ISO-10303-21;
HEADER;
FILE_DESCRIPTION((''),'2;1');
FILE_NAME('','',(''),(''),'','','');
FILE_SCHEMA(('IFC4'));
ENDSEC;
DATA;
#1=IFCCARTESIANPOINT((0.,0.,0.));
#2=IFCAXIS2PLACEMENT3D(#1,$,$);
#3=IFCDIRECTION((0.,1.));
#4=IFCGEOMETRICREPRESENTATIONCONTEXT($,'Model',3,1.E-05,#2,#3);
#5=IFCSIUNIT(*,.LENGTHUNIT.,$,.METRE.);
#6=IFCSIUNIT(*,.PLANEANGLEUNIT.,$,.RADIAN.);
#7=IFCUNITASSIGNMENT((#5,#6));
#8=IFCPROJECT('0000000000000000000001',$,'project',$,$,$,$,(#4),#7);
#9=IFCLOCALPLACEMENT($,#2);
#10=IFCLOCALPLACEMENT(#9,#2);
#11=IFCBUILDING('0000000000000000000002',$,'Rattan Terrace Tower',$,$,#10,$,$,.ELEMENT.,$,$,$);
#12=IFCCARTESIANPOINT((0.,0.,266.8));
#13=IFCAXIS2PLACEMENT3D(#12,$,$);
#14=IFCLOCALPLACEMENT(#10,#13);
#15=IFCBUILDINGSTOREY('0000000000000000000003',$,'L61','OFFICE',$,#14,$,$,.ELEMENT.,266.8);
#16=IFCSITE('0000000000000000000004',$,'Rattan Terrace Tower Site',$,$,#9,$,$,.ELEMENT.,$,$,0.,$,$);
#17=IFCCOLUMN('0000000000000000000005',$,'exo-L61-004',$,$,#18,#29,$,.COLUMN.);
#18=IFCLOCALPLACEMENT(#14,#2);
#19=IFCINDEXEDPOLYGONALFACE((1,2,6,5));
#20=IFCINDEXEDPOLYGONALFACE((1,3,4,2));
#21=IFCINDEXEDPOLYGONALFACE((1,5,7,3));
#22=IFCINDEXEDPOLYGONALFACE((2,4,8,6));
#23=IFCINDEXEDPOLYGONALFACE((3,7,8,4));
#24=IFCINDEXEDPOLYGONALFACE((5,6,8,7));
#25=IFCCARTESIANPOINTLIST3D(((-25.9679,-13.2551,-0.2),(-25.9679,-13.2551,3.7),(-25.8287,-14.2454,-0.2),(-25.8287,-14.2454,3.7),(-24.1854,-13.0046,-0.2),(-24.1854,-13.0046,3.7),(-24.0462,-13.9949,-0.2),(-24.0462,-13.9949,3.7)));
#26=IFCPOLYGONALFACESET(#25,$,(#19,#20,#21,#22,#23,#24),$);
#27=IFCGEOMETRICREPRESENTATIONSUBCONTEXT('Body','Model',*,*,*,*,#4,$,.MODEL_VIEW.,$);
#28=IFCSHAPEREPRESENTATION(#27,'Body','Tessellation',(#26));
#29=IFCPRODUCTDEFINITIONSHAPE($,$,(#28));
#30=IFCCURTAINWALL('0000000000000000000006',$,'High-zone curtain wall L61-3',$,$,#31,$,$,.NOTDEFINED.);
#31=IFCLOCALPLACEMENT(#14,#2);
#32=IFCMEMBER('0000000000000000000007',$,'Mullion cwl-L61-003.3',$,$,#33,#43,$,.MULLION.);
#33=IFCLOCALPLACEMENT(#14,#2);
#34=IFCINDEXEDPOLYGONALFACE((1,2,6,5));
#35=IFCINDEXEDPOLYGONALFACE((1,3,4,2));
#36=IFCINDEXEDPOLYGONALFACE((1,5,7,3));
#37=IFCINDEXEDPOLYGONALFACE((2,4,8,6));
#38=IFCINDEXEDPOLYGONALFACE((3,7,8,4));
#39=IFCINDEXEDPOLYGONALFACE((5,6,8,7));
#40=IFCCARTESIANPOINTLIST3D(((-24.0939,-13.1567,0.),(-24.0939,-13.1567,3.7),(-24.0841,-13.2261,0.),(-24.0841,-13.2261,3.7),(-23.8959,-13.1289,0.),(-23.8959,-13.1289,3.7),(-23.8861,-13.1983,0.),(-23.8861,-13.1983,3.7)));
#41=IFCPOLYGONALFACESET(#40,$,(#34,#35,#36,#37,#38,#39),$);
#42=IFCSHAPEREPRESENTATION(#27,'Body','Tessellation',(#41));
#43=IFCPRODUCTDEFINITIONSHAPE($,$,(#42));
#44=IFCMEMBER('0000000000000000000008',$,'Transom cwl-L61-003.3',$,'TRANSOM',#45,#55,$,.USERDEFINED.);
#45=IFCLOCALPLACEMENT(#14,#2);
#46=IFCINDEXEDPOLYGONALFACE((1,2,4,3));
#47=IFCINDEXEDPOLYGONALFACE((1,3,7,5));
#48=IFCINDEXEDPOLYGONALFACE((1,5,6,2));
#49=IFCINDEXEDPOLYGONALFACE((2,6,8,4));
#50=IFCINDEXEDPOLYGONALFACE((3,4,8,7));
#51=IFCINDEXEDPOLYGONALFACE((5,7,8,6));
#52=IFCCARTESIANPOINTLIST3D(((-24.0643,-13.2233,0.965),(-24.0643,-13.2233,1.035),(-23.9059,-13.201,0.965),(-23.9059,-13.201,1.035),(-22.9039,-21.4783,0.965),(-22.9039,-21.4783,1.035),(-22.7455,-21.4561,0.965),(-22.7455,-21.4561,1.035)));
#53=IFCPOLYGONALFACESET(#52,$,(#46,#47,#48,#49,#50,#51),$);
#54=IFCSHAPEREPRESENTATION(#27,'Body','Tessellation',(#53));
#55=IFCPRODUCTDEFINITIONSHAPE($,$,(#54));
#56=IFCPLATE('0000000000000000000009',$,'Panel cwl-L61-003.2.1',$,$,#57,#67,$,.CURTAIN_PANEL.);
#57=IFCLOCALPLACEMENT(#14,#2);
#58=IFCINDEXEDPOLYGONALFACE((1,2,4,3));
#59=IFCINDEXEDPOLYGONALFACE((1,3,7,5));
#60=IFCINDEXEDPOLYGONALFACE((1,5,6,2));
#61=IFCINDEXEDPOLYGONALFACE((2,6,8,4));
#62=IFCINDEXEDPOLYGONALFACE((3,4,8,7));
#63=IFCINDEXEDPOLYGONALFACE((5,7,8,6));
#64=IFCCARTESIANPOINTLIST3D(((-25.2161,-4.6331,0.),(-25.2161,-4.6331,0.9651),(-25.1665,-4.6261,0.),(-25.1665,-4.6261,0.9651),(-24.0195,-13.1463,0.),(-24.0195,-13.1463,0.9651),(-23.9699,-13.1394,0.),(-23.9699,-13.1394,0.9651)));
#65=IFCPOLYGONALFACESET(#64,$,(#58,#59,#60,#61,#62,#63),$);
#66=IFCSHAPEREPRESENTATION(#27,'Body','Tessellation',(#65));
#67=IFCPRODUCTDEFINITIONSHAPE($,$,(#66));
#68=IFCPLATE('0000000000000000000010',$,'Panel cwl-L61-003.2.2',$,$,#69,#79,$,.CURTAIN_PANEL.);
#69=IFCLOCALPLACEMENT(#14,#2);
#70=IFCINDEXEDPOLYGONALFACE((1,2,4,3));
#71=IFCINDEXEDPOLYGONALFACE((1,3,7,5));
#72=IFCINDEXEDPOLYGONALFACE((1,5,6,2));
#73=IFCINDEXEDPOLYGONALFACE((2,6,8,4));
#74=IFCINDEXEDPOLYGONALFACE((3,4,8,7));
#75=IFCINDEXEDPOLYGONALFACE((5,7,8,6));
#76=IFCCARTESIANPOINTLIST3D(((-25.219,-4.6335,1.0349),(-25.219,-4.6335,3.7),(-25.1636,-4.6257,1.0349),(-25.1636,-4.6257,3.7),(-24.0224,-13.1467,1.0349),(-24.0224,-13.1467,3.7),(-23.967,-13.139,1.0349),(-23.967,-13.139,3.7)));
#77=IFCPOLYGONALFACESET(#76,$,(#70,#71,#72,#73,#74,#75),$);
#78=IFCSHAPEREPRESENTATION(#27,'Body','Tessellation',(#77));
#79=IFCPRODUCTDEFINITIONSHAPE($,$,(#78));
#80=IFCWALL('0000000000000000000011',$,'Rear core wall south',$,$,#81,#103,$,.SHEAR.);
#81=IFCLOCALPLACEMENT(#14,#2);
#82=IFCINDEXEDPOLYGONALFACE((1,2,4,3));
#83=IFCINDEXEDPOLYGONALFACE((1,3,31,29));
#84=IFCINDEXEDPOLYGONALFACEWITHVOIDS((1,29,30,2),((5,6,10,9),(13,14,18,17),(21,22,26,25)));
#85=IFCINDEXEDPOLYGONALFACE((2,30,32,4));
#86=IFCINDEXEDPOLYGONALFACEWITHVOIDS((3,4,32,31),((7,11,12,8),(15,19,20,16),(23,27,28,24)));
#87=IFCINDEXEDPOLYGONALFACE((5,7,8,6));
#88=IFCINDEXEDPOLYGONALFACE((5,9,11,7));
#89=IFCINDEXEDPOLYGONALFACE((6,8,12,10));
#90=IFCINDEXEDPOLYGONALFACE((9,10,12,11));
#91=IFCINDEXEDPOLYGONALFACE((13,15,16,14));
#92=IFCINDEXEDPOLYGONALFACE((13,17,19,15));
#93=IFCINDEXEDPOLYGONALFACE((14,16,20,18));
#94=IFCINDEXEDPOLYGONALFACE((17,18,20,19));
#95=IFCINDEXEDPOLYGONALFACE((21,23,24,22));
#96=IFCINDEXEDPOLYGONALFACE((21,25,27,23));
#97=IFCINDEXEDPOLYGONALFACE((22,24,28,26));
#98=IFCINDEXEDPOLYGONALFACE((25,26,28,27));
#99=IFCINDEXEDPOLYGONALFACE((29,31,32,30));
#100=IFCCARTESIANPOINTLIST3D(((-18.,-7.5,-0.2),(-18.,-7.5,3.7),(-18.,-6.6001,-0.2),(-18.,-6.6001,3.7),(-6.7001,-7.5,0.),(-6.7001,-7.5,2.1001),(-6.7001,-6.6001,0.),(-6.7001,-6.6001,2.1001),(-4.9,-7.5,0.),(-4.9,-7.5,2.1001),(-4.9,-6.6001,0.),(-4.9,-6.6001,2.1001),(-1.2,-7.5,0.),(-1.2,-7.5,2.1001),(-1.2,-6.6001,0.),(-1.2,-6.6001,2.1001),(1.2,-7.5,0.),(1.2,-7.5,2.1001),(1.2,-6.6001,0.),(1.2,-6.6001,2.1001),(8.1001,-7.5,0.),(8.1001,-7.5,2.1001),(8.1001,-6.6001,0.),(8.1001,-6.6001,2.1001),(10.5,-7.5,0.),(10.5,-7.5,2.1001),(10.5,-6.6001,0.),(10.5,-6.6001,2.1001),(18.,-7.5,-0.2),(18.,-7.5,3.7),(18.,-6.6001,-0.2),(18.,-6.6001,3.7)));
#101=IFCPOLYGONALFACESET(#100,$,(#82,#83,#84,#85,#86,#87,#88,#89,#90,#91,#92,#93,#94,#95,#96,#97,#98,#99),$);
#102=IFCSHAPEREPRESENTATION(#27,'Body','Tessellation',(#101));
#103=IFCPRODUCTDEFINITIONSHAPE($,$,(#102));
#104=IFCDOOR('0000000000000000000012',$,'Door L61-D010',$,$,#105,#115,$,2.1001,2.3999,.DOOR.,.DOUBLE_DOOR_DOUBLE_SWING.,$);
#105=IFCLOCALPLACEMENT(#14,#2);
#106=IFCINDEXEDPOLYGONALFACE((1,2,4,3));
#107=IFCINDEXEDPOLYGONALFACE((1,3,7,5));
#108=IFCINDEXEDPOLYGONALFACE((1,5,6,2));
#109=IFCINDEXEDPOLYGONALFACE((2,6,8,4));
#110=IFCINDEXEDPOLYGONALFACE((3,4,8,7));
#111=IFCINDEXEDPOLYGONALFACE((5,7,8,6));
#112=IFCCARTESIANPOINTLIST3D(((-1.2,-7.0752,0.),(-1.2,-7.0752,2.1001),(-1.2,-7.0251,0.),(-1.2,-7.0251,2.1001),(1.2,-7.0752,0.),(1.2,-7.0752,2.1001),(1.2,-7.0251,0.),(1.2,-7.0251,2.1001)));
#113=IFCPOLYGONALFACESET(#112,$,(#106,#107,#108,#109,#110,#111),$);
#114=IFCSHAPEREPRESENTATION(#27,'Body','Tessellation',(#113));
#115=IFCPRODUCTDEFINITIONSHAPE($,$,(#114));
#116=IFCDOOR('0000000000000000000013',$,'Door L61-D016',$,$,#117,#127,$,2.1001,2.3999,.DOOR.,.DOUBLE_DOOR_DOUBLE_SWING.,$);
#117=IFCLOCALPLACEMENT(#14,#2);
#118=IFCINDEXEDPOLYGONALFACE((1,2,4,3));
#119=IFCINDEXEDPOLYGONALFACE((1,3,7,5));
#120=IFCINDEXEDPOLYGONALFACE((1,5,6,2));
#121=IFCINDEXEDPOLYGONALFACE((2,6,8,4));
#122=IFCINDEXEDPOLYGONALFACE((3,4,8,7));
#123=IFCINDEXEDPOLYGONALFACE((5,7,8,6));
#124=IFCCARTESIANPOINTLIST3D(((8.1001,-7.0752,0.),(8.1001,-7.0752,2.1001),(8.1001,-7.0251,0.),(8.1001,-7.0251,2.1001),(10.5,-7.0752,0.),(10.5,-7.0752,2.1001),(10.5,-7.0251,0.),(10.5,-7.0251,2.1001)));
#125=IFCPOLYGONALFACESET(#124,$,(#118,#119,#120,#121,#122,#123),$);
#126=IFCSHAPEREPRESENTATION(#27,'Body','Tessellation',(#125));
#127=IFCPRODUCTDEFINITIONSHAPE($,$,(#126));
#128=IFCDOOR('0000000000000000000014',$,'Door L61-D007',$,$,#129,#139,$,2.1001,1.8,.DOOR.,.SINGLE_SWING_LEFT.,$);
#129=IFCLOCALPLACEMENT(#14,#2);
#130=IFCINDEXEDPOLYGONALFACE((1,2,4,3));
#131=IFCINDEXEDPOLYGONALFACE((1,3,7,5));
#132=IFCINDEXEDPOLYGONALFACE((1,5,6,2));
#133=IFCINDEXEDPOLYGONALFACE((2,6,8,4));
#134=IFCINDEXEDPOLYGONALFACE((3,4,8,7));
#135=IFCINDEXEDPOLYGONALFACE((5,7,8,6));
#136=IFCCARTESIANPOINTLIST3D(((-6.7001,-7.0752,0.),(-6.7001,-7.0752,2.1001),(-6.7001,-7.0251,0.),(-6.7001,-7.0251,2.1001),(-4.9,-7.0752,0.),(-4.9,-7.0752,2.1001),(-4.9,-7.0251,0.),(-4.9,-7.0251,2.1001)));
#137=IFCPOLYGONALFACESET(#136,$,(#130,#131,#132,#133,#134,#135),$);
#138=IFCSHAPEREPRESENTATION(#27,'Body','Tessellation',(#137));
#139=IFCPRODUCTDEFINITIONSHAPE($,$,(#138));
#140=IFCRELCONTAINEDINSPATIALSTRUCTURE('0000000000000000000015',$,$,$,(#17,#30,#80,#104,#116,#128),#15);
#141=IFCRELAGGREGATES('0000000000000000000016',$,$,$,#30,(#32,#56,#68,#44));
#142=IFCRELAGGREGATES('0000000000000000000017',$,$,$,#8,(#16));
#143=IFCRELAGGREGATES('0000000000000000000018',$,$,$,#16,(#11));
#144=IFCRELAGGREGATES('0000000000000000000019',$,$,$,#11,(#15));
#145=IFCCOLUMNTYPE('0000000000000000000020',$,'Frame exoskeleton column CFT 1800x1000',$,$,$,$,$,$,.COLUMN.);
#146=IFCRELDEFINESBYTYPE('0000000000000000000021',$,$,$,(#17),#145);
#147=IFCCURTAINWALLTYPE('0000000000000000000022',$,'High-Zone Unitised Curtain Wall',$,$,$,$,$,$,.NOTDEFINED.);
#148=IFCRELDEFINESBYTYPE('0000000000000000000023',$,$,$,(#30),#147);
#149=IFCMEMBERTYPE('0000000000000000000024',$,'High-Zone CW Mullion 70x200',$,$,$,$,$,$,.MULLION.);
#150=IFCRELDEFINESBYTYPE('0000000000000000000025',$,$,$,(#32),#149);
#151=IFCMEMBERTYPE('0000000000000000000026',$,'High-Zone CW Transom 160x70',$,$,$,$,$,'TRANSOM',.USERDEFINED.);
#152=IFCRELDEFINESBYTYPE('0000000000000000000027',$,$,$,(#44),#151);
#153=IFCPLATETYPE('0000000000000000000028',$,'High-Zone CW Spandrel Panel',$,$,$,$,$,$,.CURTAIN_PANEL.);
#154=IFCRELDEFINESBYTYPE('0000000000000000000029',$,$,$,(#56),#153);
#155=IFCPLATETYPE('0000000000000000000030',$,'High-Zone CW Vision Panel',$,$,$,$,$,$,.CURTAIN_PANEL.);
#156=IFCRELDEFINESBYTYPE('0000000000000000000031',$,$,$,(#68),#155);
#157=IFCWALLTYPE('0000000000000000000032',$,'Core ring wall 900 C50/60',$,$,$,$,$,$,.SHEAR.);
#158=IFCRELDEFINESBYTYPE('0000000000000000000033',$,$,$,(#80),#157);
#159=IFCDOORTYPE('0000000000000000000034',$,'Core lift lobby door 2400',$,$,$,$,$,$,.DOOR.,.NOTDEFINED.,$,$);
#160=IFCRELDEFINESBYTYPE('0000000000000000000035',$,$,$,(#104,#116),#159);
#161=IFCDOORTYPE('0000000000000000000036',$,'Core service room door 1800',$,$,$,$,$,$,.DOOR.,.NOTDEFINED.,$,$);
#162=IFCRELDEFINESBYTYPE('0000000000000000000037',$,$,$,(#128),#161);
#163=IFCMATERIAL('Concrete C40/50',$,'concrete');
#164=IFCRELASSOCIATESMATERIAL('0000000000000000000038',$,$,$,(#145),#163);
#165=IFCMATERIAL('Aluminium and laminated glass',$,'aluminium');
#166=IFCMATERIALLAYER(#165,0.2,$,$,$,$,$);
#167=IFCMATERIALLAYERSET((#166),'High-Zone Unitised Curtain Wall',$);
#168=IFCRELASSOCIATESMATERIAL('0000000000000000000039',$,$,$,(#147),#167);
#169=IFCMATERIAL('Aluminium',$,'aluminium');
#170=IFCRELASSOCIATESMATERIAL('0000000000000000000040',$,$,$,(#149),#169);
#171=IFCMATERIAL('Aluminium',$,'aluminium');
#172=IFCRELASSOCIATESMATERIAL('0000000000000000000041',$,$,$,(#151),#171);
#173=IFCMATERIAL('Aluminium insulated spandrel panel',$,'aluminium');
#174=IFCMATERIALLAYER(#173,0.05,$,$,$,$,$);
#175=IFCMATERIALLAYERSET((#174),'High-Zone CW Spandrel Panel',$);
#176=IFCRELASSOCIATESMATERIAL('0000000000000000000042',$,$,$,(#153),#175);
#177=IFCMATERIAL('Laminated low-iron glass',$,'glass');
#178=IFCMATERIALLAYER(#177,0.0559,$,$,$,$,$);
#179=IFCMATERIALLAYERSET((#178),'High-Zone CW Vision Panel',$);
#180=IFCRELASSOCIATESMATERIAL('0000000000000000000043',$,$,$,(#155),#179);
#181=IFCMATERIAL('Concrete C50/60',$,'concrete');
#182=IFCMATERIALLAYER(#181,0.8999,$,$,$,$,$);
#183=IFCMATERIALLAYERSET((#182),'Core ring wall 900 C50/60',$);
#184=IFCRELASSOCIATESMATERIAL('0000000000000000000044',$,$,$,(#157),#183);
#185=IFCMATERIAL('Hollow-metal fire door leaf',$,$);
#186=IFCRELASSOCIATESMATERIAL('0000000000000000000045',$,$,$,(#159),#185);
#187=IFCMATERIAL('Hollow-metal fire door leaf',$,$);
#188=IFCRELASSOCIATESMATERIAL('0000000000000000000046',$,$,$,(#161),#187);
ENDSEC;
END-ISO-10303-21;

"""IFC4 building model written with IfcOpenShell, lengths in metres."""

from ifc_helpers import new_model, si_unit, direction, frame, frame_2d, origin, origin_2d, place, context, subcontext, project, spatial, rectangle, extrude, material, layer, layer_set, material_profile, profile_set, type_object, element, fill, aggregate, save


model = new_model("IFC4")

# Units and contexts
model_context = context("Model", 3, precision=1e-05, world=origin(), true_north=direction((0.0, 1.0)))
body_context = subcontext(model_context, "Body", "Model", "MODEL_VIEW")
ifc_project = project(units=[si_unit("LENGTHUNIT", "METRE"), si_unit("PLANEANGLEUNIT", "RADIAN")], contexts=[model_context])

# Site, building, storey
site_placement = place(None, origin())
site = spatial("IfcSite", under=ifc_project, at=site_placement, Name="Rattan Terrace Tower Site", CompositionType="ELEMENT", RefElevation=0.0)
building_placement = place(site_placement, origin())
building = spatial("IfcBuilding", under=site, at=building_placement, Name="Rattan Terrace Tower", CompositionType="ELEMENT")
storey_placement = place(building_placement, frame((0.0, 0.0, 266.8)))
storey = spatial("IfcBuildingStorey", under=building, at=storey_placement, Name="L61", Description="OFFICE", CompositionType="ELEMENT", Elevation=266.8)

# Column
ifc_material_1 = material(Name="Concrete C40/50", Category="concrete")
ifc_material_profile_1 = material_profile(ifc_material_1, rectangle(XDim=1.0, YDim=1.8, at=origin_2d()), Name="CFT 1800x1000")
ifc_profile_set_1 = profile_set([ifc_material_profile_1], Name="Concrete C40/50")
column_type = type_object("IfcColumnType", Name="Frame exoskeleton column CFT 1800x1000", PredefinedType="COLUMN", material=ifc_profile_set_1)
column_placement = place(storey_placement, frame((-25.0071, -13.625, -0.2), z_axis=(0.0, 0.0, 1.0), x_axis=(-0.13919, 0.990266, 0.0)))
element("IfcColumn", 1, at=column_placement, inside=storey, type_object=column_type, Name="exo-L61-004", PredefinedType="COLUMN", context=body_context, shape_type="SweptSolid", body=[
    extrude(rectangle(XDim=1.0, YDim=1.8, at=origin_2d()), origin(), (0.0, 0.0, 1.0), 3.8999),
])

# Curtain wall, members, plates
ifc_material_2 = material(Name="Aluminium and laminated glass", Category="aluminium")
ifc_layer_1 = layer(ifc_material_2, 0.2)
ifc_layer_set_1 = layer_set([ifc_layer_1], Name="High-Zone Unitised Curtain Wall")
curtain_wall_type = type_object("IfcCurtainWallType", Name="High-Zone Unitised Curtain Wall", PredefinedType="NOTDEFINED", material=ifc_layer_set_1)
curtain_wall_placement = place(storey_placement, origin())
curtain_wall = element("IfcCurtainWall", 2, at=curtain_wall_placement, inside=storey, type_object=curtain_wall_type, Name="High-zone curtain wall L61-3", PredefinedType="NOTDEFINED")
ifc_material_3 = material(Name="Aluminium", Category="aluminium")
ifc_material_profile_2 = material_profile(ifc_material_3, rectangle(XDim=0.0701, YDim=0.2, at=origin_2d()), Name="Aluminium 70x200")
ifc_profile_set_2 = profile_set([ifc_material_profile_2], Name="Aluminium")
member_type_1 = type_object("IfcMemberType", Name="High-Zone CW Mullion 70x200", PredefinedType="MULLION", material=ifc_profile_set_2)
member_1_placement = place(storey_placement, frame((-23.99, -13.1775, 0.0), z_axis=(0.0, 0.0, 1.0), x_axis=(0.139192, -0.990265, 0.0)))
member_1 = element("IfcMember", 3, at=member_1_placement, type_object=member_type_1, Name="Mullion cwl-L61-003.3", PredefinedType="MULLION", context=body_context, shape_type="SweptSolid", body=[
    extrude(rectangle(XDim=0.0701, YDim=0.2, at=origin_2d()), origin(), (0.0, 0.0, 1.0), 3.7),
])
ifc_material_4 = material(Name="Aluminium", Category="aluminium")
ifc_material_profile_3 = material_profile(ifc_material_4, rectangle(XDim=0.1599, YDim=0.0701, at=origin_2d()), Name="Aluminium 160x70")
ifc_profile_set_3 = profile_set([ifc_material_profile_3], Name="Aluminium")
member_type_2 = type_object("IfcMemberType", Name="High-Zone CW Transom 160x70", ElementType="TRANSOM", PredefinedType="USERDEFINED", material=ifc_profile_set_3)
member_2_placement = place(storey_placement, frame((-23.9851, -13.2122, 1.0), z_axis=(0.139199, -0.990264, 0.0), x_axis=(0.990264, 0.139199, 0.0)))
member_2 = element("IfcMember", 4, at=member_2_placement, type_object=member_type_2, Name="Transom cwl-L61-003.3", ObjectType="TRANSOM", PredefinedType="USERDEFINED", context=body_context, shape_type="SweptSolid", body=[
    extrude(rectangle(XDim=0.1599, YDim=0.0701, at=origin_2d()), origin(), (0.0, 0.0, 1.0), 8.3362),
])
ifc_material_5 = material(Name="Aluminium insulated spandrel panel", Category="aluminium")
ifc_layer_2 = layer(ifc_material_5, 0.05)
ifc_layer_set_2 = layer_set([ifc_layer_2], Name="High-Zone CW Spandrel Panel")
plate_type_1 = type_object("IfcPlateType", Name="High-Zone CW Spandrel Panel", PredefinedType="CURTAIN_PANEL", material=ifc_layer_set_2)
plate_1_placement = place(storey_placement, frame((-24.593, -8.8862, 0.0), z_axis=(0.0, 0.0, 1.0), x_axis=(0.139192, -0.990265, 0.0)))
plate_1 = element("IfcPlate", 5, at=plate_1_placement, type_object=plate_type_1, Name="Panel cwl-L61-003.2.1", PredefinedType="CURTAIN_PANEL", context=body_context, shape_type="SweptSolid", body=[
    extrude(rectangle(XDim=8.5969, YDim=0.05, at=origin_2d()), origin(), (0.0, 0.0, 1.0), 0.9651),
])
ifc_material_6 = material(Name="Laminated low-iron glass", Category="glass")
ifc_layer_3 = layer(ifc_material_6, 0.0559)
ifc_layer_set_3 = layer_set([ifc_layer_3], Name="High-Zone CW Vision Panel")
plate_type_2 = type_object("IfcPlateType", Name="High-Zone CW Vision Panel", PredefinedType="CURTAIN_PANEL", material=ifc_layer_set_3)
plate_2_placement = place(storey_placement, frame((-24.593, -8.8862, 1.0349), z_axis=(0.0, 0.0, 1.0), x_axis=(0.139192, -0.990265, 0.0)))
plate_2 = element("IfcPlate", 6, at=plate_2_placement, type_object=plate_type_2, Name="Panel cwl-L61-003.2.2", PredefinedType="CURTAIN_PANEL", context=body_context, shape_type="SweptSolid", body=[
    extrude(rectangle(XDim=8.5969, YDim=0.0559, at=origin_2d()), origin(), (0.0, 0.0, 1.0), 2.665),
])
aggregate(curtain_wall, [member_1, plate_1, plate_2, member_2])

# Wall, openings, doors
ifc_material_7 = material(Name="Concrete C50/60", Category="concrete")
ifc_layer_4 = layer(ifc_material_7, 0.8999)
ifc_layer_set_4 = layer_set([ifc_layer_4], Name="Core ring wall 900 C50/60")
wall_type_1 = type_object("IfcWallType", Name="Core ring wall 900 C50/60", PredefinedType="SHEAR", material=ifc_layer_set_4)
wall_1_placement = place(storey_placement, frame((-18.0, -7.05, -0.2), z_axis=(0.0, 0.0, 1.0), x_axis=(1.0, 0.0, 0.0)))
wall_1 = element("IfcWall", 7, at=wall_1_placement, inside=storey, type_object=wall_type_1, Name="Rear core wall south", PredefinedType="SHEAR", context=body_context, shape_type="SweptSolid", body=[
    extrude(rectangle(XDim=36.0, YDim=0.8999, at=frame_2d((18.0, 0.0))), origin(), (0.0, 0.0, 1.0), 3.8999),
])
opening_1_placement = place(wall_1_placement, frame((11.3, 0.0, 0.2)))
opening_1 = element("IfcOpeningElement", 8, at=opening_1_placement, cuts=wall_1, PredefinedType="OPENING", context=body_context, shape_type="SweptSolid", body=[
    extrude(rectangle(XDim=1.8, YDim=2.1001, at=frame_2d((0.8999, 1.05))), frame((0.0, 0.4604, 0.0), z_axis=(0.0, -1.0, 0.0), x_axis=(1.0, 0.0, 0.0)), (0.0, 0.0, 1.0), 0.9209),
])
opening_2_placement = place(wall_1_placement, frame((16.8, 0.0, 0.2)))
opening_2 = element("IfcOpeningElement", 9, at=opening_2_placement, cuts=wall_1, PredefinedType="OPENING", context=body_context, shape_type="SweptSolid", body=[
    extrude(rectangle(XDim=2.3999, YDim=2.1001, at=frame_2d((1.2, 1.05))), frame((0.0, 0.4604, 0.0), z_axis=(0.0, -1.0, 0.0), x_axis=(1.0, 0.0, 0.0)), (0.0, 0.0, 1.0), 0.9209),
])
opening_3_placement = place(wall_1_placement, frame((26.1001, 0.0, 0.2)))
opening_3 = element("IfcOpeningElement", 10, at=opening_3_placement, cuts=wall_1, PredefinedType="OPENING", context=body_context, shape_type="SweptSolid", body=[
    extrude(rectangle(XDim=2.3999, YDim=2.1001, at=frame_2d((1.2, 1.05))), frame((0.0, 0.4604, 0.0), z_axis=(0.0, -1.0, 0.0), x_axis=(1.0, 0.0, 0.0)), (0.0, 0.0, 1.0), 0.9209),
])
ifc_material_8 = material(Name="Hollow-metal fire door leaf")
door_type_1 = type_object("IfcDoorType", Name="Core lift lobby door 2400", OperationType="NOTDEFINED", PredefinedType="DOOR", material=ifc_material_8)
door_1_placement = place(opening_2_placement, origin())
door_1 = element("IfcDoor", 11, at=door_1_placement, inside=storey, type_object=door_type_1, Name="Door L61-D010", OperationType="DOUBLE_DOOR_DOUBLE_SWING", OverallHeight=2.1001, OverallWidth=2.3999, PredefinedType="DOOR", context=body_context, shape_type="SweptSolid", body=[
    extrude(rectangle(XDim=2.3999, YDim=2.1001, at=frame_2d((1.2, 1.05))), frame((0.0, 0.0249, 0.0), z_axis=(0.0, -1.0, 0.0), x_axis=(1.0, 0.0, 0.0)), (0.0, 0.0, 1.0), 0.05),
])
fill(opening_2, door_1)
door_2_placement = place(opening_3_placement, origin())
door_2 = element("IfcDoor", 12, at=door_2_placement, inside=storey, type_object=door_type_1, Name="Door L61-D016", OperationType="DOUBLE_DOOR_DOUBLE_SWING", OverallHeight=2.1001, OverallWidth=2.3999, PredefinedType="DOOR", context=body_context, shape_type="SweptSolid", body=[
    extrude(rectangle(XDim=2.3999, YDim=2.1001, at=frame_2d((1.2, 1.05))), frame((0.0, 0.0249, 0.0), z_axis=(0.0, -1.0, 0.0), x_axis=(1.0, 0.0, 0.0)), (0.0, 0.0, 1.0), 0.05),
])
fill(opening_3, door_2)
ifc_material_9 = material(Name="Hollow-metal fire door leaf")
door_type_2 = type_object("IfcDoorType", Name="Core service room door 1800", OperationType="NOTDEFINED", PredefinedType="DOOR", material=ifc_material_9)
door_3_placement = place(opening_1_placement, origin())
door_3 = element("IfcDoor", 13, at=door_3_placement, inside=storey, type_object=door_type_2, Name="Door L61-D007", OperationType="SINGLE_SWING_LEFT", OverallHeight=2.1001, OverallWidth=1.8, PredefinedType="DOOR", context=body_context, shape_type="SweptSolid", body=[
    extrude(rectangle(XDim=1.8, YDim=2.1001, at=frame_2d((0.8999, 1.05))), frame((0.0, 0.0249, 0.0), z_axis=(0.0, -1.0, 0.0), x_axis=(1.0, 0.0, 0.0)), (0.0, 0.0, 1.0), 0.05),
])
fill(opening_1, door_3)

save(model, "model.ifc")
